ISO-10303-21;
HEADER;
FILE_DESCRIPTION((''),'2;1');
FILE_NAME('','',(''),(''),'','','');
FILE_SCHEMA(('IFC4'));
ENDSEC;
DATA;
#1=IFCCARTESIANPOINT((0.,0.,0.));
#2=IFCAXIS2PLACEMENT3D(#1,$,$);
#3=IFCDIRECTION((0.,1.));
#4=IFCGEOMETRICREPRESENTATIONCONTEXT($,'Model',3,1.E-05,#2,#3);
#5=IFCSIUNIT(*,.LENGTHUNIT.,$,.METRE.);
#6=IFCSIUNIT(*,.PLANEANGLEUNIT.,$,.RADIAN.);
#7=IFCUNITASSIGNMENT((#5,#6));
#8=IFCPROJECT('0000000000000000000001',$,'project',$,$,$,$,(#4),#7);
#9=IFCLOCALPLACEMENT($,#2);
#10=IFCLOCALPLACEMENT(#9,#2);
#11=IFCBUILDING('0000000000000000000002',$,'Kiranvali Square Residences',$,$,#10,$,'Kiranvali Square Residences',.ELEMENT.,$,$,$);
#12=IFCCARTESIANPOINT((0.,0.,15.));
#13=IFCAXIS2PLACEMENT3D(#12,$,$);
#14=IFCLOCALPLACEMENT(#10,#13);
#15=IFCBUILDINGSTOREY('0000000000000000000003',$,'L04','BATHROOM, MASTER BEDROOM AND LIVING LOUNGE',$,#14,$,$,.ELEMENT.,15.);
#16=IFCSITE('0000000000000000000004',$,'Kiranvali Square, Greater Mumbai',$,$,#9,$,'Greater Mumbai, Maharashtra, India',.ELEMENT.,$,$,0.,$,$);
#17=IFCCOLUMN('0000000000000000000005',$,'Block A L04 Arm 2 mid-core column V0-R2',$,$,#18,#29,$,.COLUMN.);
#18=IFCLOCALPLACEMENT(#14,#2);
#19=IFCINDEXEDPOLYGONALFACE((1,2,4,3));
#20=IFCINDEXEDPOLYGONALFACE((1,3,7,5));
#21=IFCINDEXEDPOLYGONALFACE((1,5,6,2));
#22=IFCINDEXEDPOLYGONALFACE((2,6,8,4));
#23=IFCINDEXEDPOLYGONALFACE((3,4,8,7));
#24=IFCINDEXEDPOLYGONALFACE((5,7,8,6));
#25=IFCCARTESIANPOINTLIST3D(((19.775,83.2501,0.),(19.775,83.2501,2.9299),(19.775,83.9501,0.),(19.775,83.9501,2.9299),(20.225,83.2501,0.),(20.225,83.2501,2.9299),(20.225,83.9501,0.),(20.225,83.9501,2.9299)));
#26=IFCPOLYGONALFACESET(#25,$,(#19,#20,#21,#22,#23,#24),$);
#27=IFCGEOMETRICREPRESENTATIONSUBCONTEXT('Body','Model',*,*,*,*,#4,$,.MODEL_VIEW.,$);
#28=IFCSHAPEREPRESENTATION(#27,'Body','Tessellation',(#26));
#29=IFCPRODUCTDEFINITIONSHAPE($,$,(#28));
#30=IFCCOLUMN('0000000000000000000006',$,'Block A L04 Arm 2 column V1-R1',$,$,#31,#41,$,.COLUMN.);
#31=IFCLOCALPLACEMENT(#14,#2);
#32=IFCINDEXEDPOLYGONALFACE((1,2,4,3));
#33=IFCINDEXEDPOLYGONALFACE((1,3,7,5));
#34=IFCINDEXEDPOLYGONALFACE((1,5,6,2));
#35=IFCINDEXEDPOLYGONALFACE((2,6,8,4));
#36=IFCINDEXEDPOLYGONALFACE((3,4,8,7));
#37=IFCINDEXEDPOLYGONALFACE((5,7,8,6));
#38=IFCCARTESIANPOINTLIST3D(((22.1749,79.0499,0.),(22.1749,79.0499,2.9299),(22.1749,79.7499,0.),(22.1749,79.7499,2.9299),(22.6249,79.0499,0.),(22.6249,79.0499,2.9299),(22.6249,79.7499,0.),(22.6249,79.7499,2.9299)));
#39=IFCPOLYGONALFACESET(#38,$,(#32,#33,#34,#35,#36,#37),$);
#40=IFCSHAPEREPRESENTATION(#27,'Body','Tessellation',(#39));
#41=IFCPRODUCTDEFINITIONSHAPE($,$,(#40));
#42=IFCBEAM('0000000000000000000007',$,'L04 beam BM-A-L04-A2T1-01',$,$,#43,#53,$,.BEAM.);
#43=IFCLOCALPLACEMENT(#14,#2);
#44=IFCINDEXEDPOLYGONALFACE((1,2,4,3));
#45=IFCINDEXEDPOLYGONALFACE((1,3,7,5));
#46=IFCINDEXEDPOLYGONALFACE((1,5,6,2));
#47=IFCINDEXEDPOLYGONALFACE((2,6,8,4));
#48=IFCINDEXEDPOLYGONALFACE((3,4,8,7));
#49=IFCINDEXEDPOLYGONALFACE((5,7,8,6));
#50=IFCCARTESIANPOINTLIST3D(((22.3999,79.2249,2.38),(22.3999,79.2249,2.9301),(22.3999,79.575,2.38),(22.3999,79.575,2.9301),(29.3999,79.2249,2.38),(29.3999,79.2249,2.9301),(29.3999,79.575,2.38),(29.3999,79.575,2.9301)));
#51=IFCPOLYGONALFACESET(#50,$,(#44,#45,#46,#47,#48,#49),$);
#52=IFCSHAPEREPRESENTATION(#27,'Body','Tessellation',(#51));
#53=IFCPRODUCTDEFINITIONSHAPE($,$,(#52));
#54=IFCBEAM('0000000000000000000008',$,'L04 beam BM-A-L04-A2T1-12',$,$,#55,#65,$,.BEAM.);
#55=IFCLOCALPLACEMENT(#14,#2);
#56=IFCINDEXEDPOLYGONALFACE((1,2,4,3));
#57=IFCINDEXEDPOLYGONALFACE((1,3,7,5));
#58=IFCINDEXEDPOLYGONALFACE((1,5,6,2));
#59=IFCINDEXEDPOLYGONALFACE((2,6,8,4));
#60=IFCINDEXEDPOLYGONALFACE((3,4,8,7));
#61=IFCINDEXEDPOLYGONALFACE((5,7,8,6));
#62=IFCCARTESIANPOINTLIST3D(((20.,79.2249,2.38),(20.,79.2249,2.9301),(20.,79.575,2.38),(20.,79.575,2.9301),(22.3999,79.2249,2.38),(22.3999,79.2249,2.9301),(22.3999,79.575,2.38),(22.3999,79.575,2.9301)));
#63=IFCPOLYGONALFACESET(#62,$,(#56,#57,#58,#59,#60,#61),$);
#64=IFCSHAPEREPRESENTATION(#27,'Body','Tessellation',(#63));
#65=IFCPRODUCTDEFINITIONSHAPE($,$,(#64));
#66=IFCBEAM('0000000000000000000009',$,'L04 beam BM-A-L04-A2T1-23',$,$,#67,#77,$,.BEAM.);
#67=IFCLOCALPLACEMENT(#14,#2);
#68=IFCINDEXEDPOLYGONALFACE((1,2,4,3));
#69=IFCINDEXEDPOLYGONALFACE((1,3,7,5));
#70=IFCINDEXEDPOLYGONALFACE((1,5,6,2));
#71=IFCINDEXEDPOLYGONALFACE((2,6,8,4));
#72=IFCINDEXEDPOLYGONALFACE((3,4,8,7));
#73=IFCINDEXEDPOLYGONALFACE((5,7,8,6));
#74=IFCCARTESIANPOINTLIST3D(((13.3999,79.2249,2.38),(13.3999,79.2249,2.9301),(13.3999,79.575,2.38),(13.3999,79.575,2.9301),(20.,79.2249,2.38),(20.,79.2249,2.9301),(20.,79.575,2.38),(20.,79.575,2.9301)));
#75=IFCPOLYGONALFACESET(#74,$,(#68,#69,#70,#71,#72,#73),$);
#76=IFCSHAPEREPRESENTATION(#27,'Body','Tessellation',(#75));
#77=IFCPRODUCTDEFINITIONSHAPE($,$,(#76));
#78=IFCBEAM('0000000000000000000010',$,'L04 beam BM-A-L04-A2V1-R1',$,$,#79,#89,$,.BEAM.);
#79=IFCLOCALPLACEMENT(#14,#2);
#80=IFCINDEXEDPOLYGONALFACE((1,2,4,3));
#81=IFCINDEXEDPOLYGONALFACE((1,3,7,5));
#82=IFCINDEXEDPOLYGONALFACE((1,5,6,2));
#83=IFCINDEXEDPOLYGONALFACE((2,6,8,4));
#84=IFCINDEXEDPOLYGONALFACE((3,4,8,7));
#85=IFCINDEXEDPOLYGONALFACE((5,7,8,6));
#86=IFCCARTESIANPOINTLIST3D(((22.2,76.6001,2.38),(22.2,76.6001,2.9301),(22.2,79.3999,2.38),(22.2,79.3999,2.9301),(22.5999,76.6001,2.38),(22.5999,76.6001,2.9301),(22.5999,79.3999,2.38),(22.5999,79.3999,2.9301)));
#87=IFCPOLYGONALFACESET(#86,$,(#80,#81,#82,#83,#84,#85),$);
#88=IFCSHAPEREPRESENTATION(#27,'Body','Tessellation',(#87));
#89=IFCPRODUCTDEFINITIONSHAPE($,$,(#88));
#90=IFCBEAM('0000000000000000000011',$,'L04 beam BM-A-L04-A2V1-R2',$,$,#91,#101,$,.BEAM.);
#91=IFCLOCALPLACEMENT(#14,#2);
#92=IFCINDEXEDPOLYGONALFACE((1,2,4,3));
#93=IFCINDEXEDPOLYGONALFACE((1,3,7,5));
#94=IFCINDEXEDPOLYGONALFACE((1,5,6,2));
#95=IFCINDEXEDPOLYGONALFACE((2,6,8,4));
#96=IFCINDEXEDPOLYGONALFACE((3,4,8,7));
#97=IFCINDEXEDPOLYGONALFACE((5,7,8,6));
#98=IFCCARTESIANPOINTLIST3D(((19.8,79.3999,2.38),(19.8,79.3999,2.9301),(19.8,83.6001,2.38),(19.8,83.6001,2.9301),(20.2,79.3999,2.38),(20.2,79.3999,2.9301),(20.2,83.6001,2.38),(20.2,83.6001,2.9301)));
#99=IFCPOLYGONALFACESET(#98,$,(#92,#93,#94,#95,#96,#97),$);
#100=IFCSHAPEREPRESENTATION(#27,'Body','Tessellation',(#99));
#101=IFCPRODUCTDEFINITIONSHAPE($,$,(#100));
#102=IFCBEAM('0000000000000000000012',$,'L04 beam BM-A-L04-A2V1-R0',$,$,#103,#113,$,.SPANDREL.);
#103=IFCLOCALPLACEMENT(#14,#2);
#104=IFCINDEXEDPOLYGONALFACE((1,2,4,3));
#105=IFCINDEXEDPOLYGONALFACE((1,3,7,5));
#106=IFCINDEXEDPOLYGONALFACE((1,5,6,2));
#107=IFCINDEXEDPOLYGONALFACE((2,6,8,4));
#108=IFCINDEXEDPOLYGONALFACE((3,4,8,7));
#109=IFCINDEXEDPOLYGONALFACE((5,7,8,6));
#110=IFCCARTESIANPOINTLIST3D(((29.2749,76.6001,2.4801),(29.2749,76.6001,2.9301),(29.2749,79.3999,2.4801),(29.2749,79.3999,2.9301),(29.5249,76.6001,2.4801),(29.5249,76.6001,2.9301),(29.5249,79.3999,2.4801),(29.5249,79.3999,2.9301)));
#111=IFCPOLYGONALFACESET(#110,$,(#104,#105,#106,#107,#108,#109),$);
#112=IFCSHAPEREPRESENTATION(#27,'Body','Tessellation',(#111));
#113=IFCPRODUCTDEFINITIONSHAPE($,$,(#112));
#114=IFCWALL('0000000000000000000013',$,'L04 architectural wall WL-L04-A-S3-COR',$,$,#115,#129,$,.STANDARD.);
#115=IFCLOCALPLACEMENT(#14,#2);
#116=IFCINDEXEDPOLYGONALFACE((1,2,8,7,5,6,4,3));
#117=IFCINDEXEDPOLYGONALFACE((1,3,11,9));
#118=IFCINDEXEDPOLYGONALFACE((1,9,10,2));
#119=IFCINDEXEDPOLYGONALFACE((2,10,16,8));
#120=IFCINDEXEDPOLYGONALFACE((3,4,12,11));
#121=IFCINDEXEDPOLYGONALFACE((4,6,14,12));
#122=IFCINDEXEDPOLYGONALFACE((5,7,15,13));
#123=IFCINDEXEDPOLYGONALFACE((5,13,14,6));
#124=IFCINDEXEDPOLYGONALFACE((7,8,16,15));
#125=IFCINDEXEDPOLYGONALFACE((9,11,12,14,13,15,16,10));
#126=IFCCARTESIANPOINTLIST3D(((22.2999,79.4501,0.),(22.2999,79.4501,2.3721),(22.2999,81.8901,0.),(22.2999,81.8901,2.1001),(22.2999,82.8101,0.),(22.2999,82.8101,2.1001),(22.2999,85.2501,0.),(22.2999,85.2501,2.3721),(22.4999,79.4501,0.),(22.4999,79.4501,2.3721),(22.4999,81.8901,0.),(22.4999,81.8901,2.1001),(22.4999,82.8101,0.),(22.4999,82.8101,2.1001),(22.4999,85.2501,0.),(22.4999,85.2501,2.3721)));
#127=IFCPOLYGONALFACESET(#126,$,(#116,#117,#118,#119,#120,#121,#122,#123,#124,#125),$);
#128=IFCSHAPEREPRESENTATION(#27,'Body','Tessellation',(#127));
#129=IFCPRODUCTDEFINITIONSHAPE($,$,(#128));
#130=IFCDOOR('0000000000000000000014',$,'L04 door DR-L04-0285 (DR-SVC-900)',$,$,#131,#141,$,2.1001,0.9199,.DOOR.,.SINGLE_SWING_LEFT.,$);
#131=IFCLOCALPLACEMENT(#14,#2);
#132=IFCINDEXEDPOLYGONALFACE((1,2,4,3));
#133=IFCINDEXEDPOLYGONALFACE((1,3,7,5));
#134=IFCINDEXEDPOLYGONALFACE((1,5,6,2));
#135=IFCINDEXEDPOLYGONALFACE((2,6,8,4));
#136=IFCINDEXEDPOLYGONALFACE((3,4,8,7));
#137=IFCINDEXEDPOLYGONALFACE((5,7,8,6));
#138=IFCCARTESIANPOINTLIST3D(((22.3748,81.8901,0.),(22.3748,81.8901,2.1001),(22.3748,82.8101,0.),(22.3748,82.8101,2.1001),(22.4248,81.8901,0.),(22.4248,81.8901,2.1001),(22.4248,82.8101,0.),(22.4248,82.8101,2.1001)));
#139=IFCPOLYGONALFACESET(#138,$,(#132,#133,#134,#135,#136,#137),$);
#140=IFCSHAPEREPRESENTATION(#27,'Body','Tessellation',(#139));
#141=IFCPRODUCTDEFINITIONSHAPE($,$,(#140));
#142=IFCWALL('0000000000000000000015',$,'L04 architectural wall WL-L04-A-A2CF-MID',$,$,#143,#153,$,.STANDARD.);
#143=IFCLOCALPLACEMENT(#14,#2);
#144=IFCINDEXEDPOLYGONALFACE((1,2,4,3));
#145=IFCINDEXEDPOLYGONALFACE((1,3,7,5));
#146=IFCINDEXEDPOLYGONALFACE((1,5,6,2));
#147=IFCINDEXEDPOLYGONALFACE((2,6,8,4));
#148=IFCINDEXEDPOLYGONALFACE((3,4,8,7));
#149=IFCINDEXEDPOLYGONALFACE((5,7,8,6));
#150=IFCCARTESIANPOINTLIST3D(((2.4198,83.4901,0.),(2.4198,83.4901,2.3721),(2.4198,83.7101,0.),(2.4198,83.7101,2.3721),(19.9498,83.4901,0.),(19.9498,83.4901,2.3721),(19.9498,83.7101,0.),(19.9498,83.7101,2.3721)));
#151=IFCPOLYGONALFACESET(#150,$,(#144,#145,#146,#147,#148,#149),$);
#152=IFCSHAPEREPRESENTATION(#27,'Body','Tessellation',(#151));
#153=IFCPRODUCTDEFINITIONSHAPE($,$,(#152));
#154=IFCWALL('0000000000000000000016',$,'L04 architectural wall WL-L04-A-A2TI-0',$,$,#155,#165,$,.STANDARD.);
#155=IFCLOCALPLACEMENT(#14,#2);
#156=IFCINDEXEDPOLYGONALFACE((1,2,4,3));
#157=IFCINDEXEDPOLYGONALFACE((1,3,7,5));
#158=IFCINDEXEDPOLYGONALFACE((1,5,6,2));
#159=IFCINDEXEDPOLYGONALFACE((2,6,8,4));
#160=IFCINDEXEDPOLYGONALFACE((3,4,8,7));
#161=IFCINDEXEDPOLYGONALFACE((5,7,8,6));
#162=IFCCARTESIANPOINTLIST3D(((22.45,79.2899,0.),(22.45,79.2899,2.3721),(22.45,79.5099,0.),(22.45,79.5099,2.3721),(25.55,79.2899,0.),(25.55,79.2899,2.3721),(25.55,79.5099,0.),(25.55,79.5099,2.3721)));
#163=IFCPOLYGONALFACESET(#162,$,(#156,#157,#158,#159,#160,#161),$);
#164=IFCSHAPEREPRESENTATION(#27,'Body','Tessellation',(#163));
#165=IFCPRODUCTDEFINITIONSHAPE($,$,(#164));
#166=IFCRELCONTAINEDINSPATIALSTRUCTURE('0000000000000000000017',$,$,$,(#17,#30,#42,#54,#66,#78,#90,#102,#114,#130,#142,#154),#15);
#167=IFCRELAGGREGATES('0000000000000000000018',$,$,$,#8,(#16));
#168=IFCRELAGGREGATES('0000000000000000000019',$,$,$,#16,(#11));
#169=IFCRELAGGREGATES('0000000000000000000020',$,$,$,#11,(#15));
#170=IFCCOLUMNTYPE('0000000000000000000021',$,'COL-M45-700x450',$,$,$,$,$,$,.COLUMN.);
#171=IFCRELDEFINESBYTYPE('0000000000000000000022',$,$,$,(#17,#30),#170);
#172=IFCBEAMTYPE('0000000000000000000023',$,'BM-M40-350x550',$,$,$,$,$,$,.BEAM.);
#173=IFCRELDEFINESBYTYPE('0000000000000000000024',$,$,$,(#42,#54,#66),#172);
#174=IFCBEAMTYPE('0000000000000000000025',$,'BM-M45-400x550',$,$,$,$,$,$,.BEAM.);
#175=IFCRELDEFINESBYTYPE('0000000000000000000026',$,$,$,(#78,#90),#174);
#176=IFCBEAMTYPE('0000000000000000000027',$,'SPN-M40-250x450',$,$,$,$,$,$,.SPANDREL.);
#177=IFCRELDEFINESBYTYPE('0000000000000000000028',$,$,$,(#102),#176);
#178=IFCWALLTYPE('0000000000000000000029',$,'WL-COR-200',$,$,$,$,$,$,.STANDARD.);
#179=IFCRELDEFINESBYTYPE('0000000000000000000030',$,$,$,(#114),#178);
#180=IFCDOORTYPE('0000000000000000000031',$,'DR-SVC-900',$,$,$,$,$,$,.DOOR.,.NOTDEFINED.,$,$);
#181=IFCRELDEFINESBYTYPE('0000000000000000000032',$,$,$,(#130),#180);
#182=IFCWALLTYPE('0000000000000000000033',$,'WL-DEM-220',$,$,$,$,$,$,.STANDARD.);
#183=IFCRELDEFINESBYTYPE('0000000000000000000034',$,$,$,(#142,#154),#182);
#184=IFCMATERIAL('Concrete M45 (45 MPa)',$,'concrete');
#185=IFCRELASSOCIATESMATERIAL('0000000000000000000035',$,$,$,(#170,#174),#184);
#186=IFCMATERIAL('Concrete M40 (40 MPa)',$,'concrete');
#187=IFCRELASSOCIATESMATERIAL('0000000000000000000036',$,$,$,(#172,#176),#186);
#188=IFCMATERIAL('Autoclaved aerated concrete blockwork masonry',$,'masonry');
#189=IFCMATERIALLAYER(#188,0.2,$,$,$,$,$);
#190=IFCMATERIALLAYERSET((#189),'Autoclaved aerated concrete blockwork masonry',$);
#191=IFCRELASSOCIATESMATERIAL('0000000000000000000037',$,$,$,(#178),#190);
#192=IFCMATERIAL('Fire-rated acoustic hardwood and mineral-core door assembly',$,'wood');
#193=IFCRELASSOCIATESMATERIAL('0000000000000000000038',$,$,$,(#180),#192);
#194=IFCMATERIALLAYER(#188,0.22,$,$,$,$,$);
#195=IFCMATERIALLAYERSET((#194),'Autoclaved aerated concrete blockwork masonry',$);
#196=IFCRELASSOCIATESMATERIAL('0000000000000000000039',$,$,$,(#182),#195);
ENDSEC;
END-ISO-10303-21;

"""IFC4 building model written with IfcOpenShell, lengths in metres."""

from ifc_helpers import new_model, si_unit, direction, frame, frame_2d, origin, origin_2d, place, context, subcontext, project, spatial, rectangle, extrude, material, layer, layer_set, material_profile, profile_set, type_object, element, fill, save


model = new_model("IFC4")

# Units and contexts
model_context = context("Model", 3, precision=1e-05, world=origin(), true_north=direction((0.0, 1.0)))
body_context = subcontext(model_context, "Body", "Model", "MODEL_VIEW")
ifc_project = project(units=[si_unit("LENGTHUNIT", "METRE"), si_unit("PLANEANGLEUNIT", "RADIAN")], contexts=[model_context])

# Site, building, storey
site_placement = place(None, origin())
site = spatial("IfcSite", under=ifc_project, at=site_placement, Name="Kiranvali Square, Greater Mumbai", LongName="Greater Mumbai, Maharashtra, India", CompositionType="ELEMENT", RefElevation=0.0)
building_placement = place(site_placement, origin())
building = spatial("IfcBuilding", under=site, at=building_placement, Name="Kiranvali Square Residences", LongName="Kiranvali Square Residences", CompositionType="ELEMENT")
storey_placement = place(building_placement, frame((0.0, 0.0, 15.0)))
storey = spatial("IfcBuildingStorey", under=building, at=storey_placement, Name="L04", Description="BATHROOM, MASTER BEDROOM AND LIVING LOUNGE", CompositionType="ELEMENT", Elevation=15.0)

# Columns
ifc_material_1 = material(Name="Concrete M45 (45 MPa)", Category="concrete")
ifc_material_profile_1 = material_profile(ifc_material_1, rectangle(XDim=0.45, YDim=0.7, at=origin_2d()), Name="RC 700x450")
ifc_profile_set_1 = profile_set([ifc_material_profile_1], Name="Concrete M45 (45 MPa)")
column_type = type_object("IfcColumnType", Name="COL-M45-700x450", PredefinedType="COLUMN", material=ifc_profile_set_1)
for number, where, z_axis, x_axis, name in (
    (1, (20.0, 83.6001, 0.0), (0.0, 0.0, 1.0), (1.0, 0.0, 0.0), "Block A L04 Arm 2 mid-core column V0-R2"),
    (2, (22.3999, 79.3999, 0.0), (0.0, 0.0, 1.0), (1.0, 0.0, 0.0), "Block A L04 Arm 2 column V1-R1"),
):
    element("IfcColumn", number, at=place(storey_placement, frame(where, z_axis=z_axis, x_axis=x_axis)), inside=storey, type_object=column_type, Name=name, PredefinedType="COLUMN", context=body_context, shape_type="SweptSolid", body=[
        extrude(rectangle(XDim=0.45, YDim=0.7, at=origin_2d()), origin(), (0.0, 0.0, 1.0), 2.9299),
    ])

# Beams
ifc_material_2 = material(Name="Concrete M40 (40 MPa)", Category="concrete")
ifc_material_profile_2 = material_profile(ifc_material_2, rectangle(XDim=0.3501, YDim=0.55, at=origin_2d()), Name="RC 350x550")
ifc_profile_set_2 = profile_set([ifc_material_profile_2], Name="Concrete M40 (40 MPa)")
beam_type_1 = type_object("IfcBeamType", Name="BM-M40-350x550", PredefinedType="BEAM", material=ifc_profile_set_2)
beam_1_placement = place(storey_placement, frame((29.3999, 79.3999, 2.655), z_axis=(-1.0, 0.0, 0.0), x_axis=(0.0, -1.0, 0.0)))
element("IfcBeam", 3, at=beam_1_placement, inside=storey, type_object=beam_type_1, Name="L04 beam BM-A-L04-A2T1-01", PredefinedType="BEAM", context=body_context, shape_type="SweptSolid", body=[
    extrude(rectangle(XDim=0.3501, YDim=0.55, at=origin_2d()), origin(), (0.0, 0.0, 1.0), 7.0),
])
beam_2_placement = place(storey_placement, frame((22.3999, 79.3999, 2.655), z_axis=(-1.0, 0.0, 0.0), x_axis=(0.0, -1.0, 0.0)))
element("IfcBeam", 4, at=beam_2_placement, inside=storey, type_object=beam_type_1, Name="L04 beam BM-A-L04-A2T1-12", PredefinedType="BEAM", context=body_context, shape_type="SweptSolid", body=[
    extrude(rectangle(XDim=0.3501, YDim=0.55, at=origin_2d()), origin(), (0.0, 0.0, 1.0), 2.3999),
])
beam_3_placement = place(storey_placement, frame((20.0, 79.3999, 2.655), z_axis=(-1.0, 0.0, 0.0), x_axis=(0.0, -1.0, 0.0)))
element("IfcBeam", 5, at=beam_3_placement, inside=storey, type_object=beam_type_1, Name="L04 beam BM-A-L04-A2T1-23", PredefinedType="BEAM", context=body_context, shape_type="SweptSolid", body=[
    extrude(rectangle(XDim=0.3501, YDim=0.55, at=origin_2d()), origin(), (0.0, 0.0, 1.0), 6.6001),
])
ifc_material_profile_3 = material_profile(ifc_material_1, rectangle(XDim=0.3999, YDim=0.55, at=origin_2d()), Name="RC 400x550")
ifc_profile_set_3 = profile_set([ifc_material_profile_3], Name="Concrete M45 (45 MPa)")
beam_type_2 = type_object("IfcBeamType", Name="BM-M45-400x550", PredefinedType="BEAM", material=ifc_profile_set_3)
beam_4_placement = place(storey_placement, frame((22.3999, 79.3999, 2.655), z_axis=(0.0, -1.0, 0.0), x_axis=(1.0, 0.0, 0.0)))
element("IfcBeam", 6, at=beam_4_placement, inside=storey, type_object=beam_type_2, Name="L04 beam BM-A-L04-A2V1-R1", PredefinedType="BEAM", context=body_context, shape_type="SweptSolid", body=[
    extrude(rectangle(XDim=0.3999, YDim=0.55, at=origin_2d()), origin(), (0.0, 0.0, 1.0), 2.7998),
])
beam_5_placement = place(storey_placement, frame((20.0, 83.6001, 2.655), z_axis=(0.0, -1.0, 0.0), x_axis=(1.0, 0.0, 0.0)))
element("IfcBeam", 7, at=beam_5_placement, inside=storey, type_object=beam_type_2, Name="L04 beam BM-A-L04-A2V1-R2", PredefinedType="BEAM", context=body_context, shape_type="SweptSolid", body=[
    extrude(rectangle(XDim=0.3999, YDim=0.55, at=origin_2d()), origin(), (0.0, 0.0, 1.0), 4.2002),
])
ifc_material_profile_4 = material_profile(ifc_material_2, rectangle(XDim=0.25, YDim=0.45, at=origin_2d()), Name="RC 250x450")
ifc_profile_set_4 = profile_set([ifc_material_profile_4], Name="Concrete M40 (40 MPa)")
beam_type_3 = type_object("IfcBeamType", Name="SPN-M40-250x450", PredefinedType="SPANDREL", material=ifc_profile_set_4)
beam_6_placement = place(storey_placement, frame((29.3999, 79.3999, 2.7051), z_axis=(0.0, -1.0, 0.0), x_axis=(1.0, 0.0, 0.0)))
element("IfcBeam", 8, at=beam_6_placement, inside=storey, type_object=beam_type_3, Name="L04 beam BM-A-L04-A2V1-R0", PredefinedType="SPANDREL", context=body_context, shape_type="SweptSolid", body=[
    extrude(rectangle(XDim=0.25, YDim=0.45, at=origin_2d()), origin(), (0.0, 0.0, 1.0), 2.7998),
])

# Wall, opening, door
ifc_material_3 = material(Name="Autoclaved aerated concrete blockwork masonry", Category="masonry")
ifc_layer_1 = layer(ifc_material_3, 0.2)
ifc_layer_set_1 = layer_set([ifc_layer_1], Name="Autoclaved aerated concrete blockwork masonry")
wall_type_1 = type_object("IfcWallType", Name="WL-COR-200", PredefinedType="STANDARD", material=ifc_layer_set_1)
ifc_material_4 = material(Name="Fire-rated acoustic hardwood and mineral-core door assembly", Category="wood")
wall_1_placement = place(storey_placement, frame((22.3999, 85.25, 0.0), z_axis=(0.0, 0.0, 1.0), x_axis=(0.0, -1.0, 0.0)))
wall_1 = element("IfcWall", 9, at=wall_1_placement, inside=storey, type_object=wall_type_1, Name="L04 architectural wall WL-L04-A-S3-COR", PredefinedType="STANDARD", context=body_context, shape_type="SweptSolid", body=[
    extrude(rectangle(XDim=5.8, YDim=0.2, at=frame_2d((2.8999, 0.0))), origin(), (0.0, 0.0, 1.0), 2.3721),
])
opening_1_placement = place(wall_1_placement, frame((2.4399, 0.0, 0.0)))
opening_1 = element("IfcOpeningElement", 10, at=opening_1_placement, cuts=wall_1, PredefinedType="OPENING", context=body_context, shape_type="SweptSolid", body=[
    extrude(rectangle(XDim=0.9199, YDim=2.1001, at=frame_2d((0.46, 1.05))), frame((0.0, 0.1099, 0.0), z_axis=(0.0, -1.0, 0.0), x_axis=(1.0, 0.0, 0.0)), (0.0, 0.0, 1.0), 0.22),
])
door_type_1 = type_object("IfcDoorType", Name="DR-SVC-900", OperationType="NOTDEFINED", PredefinedType="DOOR", material=ifc_material_4)
door_1_placement = place(opening_1_placement, origin())
door_1 = element("IfcDoor", 11, at=door_1_placement, inside=storey, type_object=door_type_1, Name="L04 door DR-L04-0285 (DR-SVC-900)", OperationType="SINGLE_SWING_LEFT", OverallHeight=2.1001, OverallWidth=0.9199, PredefinedType="DOOR", context=body_context, shape_type="SweptSolid", body=[
    extrude(rectangle(XDim=0.9199, YDim=2.1001, at=frame_2d((0.46, 1.05))), frame((0.0, 0.0249, 0.0), z_axis=(0.0, -1.0, 0.0), x_axis=(1.0, 0.0, 0.0)), (0.0, 0.0, 1.0), 0.05),
])
fill(opening_1, door_1)

# Walls
ifc_layer_2 = layer(ifc_material_3, 0.22)
ifc_layer_set_2 = layer_set([ifc_layer_2], Name="Autoclaved aerated concrete blockwork masonry")
wall_type_2 = type_object("IfcWallType", Name="WL-DEM-220", PredefinedType="STANDARD", material=ifc_layer_set_2)
wall_2_placement = place(storey_placement, frame((19.95, 83.6001, 0.0), z_axis=(0.0, 0.0, 1.0), x_axis=(-1.0, 0.0, 0.0)))
element("IfcWall", 12, at=wall_2_placement, inside=storey, type_object=wall_type_2, Name="L04 architectural wall WL-L04-A-A2CF-MID", PredefinedType="STANDARD", context=body_context, shape_type="SweptSolid", body=[
    extrude(rectangle(XDim=17.53, YDim=0.22, at=frame_2d((8.7651, 0.0))), origin(), (0.0, 0.0, 1.0), 2.3721),
])
wall_3_placement = place(storey_placement, frame((25.55, 79.3999, 0.0), z_axis=(0.0, 0.0, 1.0), x_axis=(-1.0, 0.0, 0.0)))
element("IfcWall", 13, at=wall_3_placement, inside=storey, type_object=wall_type_2, Name="L04 architectural wall WL-L04-A-A2TI-0", PredefinedType="STANDARD", context=body_context, shape_type="SweptSolid", body=[
    extrude(rectangle(XDim=3.1001, YDim=0.22, at=frame_2d((1.55, 0.0))), origin(), (0.0, 0.0, 1.0), 2.3721),
])

save(model, "model.ifc")
